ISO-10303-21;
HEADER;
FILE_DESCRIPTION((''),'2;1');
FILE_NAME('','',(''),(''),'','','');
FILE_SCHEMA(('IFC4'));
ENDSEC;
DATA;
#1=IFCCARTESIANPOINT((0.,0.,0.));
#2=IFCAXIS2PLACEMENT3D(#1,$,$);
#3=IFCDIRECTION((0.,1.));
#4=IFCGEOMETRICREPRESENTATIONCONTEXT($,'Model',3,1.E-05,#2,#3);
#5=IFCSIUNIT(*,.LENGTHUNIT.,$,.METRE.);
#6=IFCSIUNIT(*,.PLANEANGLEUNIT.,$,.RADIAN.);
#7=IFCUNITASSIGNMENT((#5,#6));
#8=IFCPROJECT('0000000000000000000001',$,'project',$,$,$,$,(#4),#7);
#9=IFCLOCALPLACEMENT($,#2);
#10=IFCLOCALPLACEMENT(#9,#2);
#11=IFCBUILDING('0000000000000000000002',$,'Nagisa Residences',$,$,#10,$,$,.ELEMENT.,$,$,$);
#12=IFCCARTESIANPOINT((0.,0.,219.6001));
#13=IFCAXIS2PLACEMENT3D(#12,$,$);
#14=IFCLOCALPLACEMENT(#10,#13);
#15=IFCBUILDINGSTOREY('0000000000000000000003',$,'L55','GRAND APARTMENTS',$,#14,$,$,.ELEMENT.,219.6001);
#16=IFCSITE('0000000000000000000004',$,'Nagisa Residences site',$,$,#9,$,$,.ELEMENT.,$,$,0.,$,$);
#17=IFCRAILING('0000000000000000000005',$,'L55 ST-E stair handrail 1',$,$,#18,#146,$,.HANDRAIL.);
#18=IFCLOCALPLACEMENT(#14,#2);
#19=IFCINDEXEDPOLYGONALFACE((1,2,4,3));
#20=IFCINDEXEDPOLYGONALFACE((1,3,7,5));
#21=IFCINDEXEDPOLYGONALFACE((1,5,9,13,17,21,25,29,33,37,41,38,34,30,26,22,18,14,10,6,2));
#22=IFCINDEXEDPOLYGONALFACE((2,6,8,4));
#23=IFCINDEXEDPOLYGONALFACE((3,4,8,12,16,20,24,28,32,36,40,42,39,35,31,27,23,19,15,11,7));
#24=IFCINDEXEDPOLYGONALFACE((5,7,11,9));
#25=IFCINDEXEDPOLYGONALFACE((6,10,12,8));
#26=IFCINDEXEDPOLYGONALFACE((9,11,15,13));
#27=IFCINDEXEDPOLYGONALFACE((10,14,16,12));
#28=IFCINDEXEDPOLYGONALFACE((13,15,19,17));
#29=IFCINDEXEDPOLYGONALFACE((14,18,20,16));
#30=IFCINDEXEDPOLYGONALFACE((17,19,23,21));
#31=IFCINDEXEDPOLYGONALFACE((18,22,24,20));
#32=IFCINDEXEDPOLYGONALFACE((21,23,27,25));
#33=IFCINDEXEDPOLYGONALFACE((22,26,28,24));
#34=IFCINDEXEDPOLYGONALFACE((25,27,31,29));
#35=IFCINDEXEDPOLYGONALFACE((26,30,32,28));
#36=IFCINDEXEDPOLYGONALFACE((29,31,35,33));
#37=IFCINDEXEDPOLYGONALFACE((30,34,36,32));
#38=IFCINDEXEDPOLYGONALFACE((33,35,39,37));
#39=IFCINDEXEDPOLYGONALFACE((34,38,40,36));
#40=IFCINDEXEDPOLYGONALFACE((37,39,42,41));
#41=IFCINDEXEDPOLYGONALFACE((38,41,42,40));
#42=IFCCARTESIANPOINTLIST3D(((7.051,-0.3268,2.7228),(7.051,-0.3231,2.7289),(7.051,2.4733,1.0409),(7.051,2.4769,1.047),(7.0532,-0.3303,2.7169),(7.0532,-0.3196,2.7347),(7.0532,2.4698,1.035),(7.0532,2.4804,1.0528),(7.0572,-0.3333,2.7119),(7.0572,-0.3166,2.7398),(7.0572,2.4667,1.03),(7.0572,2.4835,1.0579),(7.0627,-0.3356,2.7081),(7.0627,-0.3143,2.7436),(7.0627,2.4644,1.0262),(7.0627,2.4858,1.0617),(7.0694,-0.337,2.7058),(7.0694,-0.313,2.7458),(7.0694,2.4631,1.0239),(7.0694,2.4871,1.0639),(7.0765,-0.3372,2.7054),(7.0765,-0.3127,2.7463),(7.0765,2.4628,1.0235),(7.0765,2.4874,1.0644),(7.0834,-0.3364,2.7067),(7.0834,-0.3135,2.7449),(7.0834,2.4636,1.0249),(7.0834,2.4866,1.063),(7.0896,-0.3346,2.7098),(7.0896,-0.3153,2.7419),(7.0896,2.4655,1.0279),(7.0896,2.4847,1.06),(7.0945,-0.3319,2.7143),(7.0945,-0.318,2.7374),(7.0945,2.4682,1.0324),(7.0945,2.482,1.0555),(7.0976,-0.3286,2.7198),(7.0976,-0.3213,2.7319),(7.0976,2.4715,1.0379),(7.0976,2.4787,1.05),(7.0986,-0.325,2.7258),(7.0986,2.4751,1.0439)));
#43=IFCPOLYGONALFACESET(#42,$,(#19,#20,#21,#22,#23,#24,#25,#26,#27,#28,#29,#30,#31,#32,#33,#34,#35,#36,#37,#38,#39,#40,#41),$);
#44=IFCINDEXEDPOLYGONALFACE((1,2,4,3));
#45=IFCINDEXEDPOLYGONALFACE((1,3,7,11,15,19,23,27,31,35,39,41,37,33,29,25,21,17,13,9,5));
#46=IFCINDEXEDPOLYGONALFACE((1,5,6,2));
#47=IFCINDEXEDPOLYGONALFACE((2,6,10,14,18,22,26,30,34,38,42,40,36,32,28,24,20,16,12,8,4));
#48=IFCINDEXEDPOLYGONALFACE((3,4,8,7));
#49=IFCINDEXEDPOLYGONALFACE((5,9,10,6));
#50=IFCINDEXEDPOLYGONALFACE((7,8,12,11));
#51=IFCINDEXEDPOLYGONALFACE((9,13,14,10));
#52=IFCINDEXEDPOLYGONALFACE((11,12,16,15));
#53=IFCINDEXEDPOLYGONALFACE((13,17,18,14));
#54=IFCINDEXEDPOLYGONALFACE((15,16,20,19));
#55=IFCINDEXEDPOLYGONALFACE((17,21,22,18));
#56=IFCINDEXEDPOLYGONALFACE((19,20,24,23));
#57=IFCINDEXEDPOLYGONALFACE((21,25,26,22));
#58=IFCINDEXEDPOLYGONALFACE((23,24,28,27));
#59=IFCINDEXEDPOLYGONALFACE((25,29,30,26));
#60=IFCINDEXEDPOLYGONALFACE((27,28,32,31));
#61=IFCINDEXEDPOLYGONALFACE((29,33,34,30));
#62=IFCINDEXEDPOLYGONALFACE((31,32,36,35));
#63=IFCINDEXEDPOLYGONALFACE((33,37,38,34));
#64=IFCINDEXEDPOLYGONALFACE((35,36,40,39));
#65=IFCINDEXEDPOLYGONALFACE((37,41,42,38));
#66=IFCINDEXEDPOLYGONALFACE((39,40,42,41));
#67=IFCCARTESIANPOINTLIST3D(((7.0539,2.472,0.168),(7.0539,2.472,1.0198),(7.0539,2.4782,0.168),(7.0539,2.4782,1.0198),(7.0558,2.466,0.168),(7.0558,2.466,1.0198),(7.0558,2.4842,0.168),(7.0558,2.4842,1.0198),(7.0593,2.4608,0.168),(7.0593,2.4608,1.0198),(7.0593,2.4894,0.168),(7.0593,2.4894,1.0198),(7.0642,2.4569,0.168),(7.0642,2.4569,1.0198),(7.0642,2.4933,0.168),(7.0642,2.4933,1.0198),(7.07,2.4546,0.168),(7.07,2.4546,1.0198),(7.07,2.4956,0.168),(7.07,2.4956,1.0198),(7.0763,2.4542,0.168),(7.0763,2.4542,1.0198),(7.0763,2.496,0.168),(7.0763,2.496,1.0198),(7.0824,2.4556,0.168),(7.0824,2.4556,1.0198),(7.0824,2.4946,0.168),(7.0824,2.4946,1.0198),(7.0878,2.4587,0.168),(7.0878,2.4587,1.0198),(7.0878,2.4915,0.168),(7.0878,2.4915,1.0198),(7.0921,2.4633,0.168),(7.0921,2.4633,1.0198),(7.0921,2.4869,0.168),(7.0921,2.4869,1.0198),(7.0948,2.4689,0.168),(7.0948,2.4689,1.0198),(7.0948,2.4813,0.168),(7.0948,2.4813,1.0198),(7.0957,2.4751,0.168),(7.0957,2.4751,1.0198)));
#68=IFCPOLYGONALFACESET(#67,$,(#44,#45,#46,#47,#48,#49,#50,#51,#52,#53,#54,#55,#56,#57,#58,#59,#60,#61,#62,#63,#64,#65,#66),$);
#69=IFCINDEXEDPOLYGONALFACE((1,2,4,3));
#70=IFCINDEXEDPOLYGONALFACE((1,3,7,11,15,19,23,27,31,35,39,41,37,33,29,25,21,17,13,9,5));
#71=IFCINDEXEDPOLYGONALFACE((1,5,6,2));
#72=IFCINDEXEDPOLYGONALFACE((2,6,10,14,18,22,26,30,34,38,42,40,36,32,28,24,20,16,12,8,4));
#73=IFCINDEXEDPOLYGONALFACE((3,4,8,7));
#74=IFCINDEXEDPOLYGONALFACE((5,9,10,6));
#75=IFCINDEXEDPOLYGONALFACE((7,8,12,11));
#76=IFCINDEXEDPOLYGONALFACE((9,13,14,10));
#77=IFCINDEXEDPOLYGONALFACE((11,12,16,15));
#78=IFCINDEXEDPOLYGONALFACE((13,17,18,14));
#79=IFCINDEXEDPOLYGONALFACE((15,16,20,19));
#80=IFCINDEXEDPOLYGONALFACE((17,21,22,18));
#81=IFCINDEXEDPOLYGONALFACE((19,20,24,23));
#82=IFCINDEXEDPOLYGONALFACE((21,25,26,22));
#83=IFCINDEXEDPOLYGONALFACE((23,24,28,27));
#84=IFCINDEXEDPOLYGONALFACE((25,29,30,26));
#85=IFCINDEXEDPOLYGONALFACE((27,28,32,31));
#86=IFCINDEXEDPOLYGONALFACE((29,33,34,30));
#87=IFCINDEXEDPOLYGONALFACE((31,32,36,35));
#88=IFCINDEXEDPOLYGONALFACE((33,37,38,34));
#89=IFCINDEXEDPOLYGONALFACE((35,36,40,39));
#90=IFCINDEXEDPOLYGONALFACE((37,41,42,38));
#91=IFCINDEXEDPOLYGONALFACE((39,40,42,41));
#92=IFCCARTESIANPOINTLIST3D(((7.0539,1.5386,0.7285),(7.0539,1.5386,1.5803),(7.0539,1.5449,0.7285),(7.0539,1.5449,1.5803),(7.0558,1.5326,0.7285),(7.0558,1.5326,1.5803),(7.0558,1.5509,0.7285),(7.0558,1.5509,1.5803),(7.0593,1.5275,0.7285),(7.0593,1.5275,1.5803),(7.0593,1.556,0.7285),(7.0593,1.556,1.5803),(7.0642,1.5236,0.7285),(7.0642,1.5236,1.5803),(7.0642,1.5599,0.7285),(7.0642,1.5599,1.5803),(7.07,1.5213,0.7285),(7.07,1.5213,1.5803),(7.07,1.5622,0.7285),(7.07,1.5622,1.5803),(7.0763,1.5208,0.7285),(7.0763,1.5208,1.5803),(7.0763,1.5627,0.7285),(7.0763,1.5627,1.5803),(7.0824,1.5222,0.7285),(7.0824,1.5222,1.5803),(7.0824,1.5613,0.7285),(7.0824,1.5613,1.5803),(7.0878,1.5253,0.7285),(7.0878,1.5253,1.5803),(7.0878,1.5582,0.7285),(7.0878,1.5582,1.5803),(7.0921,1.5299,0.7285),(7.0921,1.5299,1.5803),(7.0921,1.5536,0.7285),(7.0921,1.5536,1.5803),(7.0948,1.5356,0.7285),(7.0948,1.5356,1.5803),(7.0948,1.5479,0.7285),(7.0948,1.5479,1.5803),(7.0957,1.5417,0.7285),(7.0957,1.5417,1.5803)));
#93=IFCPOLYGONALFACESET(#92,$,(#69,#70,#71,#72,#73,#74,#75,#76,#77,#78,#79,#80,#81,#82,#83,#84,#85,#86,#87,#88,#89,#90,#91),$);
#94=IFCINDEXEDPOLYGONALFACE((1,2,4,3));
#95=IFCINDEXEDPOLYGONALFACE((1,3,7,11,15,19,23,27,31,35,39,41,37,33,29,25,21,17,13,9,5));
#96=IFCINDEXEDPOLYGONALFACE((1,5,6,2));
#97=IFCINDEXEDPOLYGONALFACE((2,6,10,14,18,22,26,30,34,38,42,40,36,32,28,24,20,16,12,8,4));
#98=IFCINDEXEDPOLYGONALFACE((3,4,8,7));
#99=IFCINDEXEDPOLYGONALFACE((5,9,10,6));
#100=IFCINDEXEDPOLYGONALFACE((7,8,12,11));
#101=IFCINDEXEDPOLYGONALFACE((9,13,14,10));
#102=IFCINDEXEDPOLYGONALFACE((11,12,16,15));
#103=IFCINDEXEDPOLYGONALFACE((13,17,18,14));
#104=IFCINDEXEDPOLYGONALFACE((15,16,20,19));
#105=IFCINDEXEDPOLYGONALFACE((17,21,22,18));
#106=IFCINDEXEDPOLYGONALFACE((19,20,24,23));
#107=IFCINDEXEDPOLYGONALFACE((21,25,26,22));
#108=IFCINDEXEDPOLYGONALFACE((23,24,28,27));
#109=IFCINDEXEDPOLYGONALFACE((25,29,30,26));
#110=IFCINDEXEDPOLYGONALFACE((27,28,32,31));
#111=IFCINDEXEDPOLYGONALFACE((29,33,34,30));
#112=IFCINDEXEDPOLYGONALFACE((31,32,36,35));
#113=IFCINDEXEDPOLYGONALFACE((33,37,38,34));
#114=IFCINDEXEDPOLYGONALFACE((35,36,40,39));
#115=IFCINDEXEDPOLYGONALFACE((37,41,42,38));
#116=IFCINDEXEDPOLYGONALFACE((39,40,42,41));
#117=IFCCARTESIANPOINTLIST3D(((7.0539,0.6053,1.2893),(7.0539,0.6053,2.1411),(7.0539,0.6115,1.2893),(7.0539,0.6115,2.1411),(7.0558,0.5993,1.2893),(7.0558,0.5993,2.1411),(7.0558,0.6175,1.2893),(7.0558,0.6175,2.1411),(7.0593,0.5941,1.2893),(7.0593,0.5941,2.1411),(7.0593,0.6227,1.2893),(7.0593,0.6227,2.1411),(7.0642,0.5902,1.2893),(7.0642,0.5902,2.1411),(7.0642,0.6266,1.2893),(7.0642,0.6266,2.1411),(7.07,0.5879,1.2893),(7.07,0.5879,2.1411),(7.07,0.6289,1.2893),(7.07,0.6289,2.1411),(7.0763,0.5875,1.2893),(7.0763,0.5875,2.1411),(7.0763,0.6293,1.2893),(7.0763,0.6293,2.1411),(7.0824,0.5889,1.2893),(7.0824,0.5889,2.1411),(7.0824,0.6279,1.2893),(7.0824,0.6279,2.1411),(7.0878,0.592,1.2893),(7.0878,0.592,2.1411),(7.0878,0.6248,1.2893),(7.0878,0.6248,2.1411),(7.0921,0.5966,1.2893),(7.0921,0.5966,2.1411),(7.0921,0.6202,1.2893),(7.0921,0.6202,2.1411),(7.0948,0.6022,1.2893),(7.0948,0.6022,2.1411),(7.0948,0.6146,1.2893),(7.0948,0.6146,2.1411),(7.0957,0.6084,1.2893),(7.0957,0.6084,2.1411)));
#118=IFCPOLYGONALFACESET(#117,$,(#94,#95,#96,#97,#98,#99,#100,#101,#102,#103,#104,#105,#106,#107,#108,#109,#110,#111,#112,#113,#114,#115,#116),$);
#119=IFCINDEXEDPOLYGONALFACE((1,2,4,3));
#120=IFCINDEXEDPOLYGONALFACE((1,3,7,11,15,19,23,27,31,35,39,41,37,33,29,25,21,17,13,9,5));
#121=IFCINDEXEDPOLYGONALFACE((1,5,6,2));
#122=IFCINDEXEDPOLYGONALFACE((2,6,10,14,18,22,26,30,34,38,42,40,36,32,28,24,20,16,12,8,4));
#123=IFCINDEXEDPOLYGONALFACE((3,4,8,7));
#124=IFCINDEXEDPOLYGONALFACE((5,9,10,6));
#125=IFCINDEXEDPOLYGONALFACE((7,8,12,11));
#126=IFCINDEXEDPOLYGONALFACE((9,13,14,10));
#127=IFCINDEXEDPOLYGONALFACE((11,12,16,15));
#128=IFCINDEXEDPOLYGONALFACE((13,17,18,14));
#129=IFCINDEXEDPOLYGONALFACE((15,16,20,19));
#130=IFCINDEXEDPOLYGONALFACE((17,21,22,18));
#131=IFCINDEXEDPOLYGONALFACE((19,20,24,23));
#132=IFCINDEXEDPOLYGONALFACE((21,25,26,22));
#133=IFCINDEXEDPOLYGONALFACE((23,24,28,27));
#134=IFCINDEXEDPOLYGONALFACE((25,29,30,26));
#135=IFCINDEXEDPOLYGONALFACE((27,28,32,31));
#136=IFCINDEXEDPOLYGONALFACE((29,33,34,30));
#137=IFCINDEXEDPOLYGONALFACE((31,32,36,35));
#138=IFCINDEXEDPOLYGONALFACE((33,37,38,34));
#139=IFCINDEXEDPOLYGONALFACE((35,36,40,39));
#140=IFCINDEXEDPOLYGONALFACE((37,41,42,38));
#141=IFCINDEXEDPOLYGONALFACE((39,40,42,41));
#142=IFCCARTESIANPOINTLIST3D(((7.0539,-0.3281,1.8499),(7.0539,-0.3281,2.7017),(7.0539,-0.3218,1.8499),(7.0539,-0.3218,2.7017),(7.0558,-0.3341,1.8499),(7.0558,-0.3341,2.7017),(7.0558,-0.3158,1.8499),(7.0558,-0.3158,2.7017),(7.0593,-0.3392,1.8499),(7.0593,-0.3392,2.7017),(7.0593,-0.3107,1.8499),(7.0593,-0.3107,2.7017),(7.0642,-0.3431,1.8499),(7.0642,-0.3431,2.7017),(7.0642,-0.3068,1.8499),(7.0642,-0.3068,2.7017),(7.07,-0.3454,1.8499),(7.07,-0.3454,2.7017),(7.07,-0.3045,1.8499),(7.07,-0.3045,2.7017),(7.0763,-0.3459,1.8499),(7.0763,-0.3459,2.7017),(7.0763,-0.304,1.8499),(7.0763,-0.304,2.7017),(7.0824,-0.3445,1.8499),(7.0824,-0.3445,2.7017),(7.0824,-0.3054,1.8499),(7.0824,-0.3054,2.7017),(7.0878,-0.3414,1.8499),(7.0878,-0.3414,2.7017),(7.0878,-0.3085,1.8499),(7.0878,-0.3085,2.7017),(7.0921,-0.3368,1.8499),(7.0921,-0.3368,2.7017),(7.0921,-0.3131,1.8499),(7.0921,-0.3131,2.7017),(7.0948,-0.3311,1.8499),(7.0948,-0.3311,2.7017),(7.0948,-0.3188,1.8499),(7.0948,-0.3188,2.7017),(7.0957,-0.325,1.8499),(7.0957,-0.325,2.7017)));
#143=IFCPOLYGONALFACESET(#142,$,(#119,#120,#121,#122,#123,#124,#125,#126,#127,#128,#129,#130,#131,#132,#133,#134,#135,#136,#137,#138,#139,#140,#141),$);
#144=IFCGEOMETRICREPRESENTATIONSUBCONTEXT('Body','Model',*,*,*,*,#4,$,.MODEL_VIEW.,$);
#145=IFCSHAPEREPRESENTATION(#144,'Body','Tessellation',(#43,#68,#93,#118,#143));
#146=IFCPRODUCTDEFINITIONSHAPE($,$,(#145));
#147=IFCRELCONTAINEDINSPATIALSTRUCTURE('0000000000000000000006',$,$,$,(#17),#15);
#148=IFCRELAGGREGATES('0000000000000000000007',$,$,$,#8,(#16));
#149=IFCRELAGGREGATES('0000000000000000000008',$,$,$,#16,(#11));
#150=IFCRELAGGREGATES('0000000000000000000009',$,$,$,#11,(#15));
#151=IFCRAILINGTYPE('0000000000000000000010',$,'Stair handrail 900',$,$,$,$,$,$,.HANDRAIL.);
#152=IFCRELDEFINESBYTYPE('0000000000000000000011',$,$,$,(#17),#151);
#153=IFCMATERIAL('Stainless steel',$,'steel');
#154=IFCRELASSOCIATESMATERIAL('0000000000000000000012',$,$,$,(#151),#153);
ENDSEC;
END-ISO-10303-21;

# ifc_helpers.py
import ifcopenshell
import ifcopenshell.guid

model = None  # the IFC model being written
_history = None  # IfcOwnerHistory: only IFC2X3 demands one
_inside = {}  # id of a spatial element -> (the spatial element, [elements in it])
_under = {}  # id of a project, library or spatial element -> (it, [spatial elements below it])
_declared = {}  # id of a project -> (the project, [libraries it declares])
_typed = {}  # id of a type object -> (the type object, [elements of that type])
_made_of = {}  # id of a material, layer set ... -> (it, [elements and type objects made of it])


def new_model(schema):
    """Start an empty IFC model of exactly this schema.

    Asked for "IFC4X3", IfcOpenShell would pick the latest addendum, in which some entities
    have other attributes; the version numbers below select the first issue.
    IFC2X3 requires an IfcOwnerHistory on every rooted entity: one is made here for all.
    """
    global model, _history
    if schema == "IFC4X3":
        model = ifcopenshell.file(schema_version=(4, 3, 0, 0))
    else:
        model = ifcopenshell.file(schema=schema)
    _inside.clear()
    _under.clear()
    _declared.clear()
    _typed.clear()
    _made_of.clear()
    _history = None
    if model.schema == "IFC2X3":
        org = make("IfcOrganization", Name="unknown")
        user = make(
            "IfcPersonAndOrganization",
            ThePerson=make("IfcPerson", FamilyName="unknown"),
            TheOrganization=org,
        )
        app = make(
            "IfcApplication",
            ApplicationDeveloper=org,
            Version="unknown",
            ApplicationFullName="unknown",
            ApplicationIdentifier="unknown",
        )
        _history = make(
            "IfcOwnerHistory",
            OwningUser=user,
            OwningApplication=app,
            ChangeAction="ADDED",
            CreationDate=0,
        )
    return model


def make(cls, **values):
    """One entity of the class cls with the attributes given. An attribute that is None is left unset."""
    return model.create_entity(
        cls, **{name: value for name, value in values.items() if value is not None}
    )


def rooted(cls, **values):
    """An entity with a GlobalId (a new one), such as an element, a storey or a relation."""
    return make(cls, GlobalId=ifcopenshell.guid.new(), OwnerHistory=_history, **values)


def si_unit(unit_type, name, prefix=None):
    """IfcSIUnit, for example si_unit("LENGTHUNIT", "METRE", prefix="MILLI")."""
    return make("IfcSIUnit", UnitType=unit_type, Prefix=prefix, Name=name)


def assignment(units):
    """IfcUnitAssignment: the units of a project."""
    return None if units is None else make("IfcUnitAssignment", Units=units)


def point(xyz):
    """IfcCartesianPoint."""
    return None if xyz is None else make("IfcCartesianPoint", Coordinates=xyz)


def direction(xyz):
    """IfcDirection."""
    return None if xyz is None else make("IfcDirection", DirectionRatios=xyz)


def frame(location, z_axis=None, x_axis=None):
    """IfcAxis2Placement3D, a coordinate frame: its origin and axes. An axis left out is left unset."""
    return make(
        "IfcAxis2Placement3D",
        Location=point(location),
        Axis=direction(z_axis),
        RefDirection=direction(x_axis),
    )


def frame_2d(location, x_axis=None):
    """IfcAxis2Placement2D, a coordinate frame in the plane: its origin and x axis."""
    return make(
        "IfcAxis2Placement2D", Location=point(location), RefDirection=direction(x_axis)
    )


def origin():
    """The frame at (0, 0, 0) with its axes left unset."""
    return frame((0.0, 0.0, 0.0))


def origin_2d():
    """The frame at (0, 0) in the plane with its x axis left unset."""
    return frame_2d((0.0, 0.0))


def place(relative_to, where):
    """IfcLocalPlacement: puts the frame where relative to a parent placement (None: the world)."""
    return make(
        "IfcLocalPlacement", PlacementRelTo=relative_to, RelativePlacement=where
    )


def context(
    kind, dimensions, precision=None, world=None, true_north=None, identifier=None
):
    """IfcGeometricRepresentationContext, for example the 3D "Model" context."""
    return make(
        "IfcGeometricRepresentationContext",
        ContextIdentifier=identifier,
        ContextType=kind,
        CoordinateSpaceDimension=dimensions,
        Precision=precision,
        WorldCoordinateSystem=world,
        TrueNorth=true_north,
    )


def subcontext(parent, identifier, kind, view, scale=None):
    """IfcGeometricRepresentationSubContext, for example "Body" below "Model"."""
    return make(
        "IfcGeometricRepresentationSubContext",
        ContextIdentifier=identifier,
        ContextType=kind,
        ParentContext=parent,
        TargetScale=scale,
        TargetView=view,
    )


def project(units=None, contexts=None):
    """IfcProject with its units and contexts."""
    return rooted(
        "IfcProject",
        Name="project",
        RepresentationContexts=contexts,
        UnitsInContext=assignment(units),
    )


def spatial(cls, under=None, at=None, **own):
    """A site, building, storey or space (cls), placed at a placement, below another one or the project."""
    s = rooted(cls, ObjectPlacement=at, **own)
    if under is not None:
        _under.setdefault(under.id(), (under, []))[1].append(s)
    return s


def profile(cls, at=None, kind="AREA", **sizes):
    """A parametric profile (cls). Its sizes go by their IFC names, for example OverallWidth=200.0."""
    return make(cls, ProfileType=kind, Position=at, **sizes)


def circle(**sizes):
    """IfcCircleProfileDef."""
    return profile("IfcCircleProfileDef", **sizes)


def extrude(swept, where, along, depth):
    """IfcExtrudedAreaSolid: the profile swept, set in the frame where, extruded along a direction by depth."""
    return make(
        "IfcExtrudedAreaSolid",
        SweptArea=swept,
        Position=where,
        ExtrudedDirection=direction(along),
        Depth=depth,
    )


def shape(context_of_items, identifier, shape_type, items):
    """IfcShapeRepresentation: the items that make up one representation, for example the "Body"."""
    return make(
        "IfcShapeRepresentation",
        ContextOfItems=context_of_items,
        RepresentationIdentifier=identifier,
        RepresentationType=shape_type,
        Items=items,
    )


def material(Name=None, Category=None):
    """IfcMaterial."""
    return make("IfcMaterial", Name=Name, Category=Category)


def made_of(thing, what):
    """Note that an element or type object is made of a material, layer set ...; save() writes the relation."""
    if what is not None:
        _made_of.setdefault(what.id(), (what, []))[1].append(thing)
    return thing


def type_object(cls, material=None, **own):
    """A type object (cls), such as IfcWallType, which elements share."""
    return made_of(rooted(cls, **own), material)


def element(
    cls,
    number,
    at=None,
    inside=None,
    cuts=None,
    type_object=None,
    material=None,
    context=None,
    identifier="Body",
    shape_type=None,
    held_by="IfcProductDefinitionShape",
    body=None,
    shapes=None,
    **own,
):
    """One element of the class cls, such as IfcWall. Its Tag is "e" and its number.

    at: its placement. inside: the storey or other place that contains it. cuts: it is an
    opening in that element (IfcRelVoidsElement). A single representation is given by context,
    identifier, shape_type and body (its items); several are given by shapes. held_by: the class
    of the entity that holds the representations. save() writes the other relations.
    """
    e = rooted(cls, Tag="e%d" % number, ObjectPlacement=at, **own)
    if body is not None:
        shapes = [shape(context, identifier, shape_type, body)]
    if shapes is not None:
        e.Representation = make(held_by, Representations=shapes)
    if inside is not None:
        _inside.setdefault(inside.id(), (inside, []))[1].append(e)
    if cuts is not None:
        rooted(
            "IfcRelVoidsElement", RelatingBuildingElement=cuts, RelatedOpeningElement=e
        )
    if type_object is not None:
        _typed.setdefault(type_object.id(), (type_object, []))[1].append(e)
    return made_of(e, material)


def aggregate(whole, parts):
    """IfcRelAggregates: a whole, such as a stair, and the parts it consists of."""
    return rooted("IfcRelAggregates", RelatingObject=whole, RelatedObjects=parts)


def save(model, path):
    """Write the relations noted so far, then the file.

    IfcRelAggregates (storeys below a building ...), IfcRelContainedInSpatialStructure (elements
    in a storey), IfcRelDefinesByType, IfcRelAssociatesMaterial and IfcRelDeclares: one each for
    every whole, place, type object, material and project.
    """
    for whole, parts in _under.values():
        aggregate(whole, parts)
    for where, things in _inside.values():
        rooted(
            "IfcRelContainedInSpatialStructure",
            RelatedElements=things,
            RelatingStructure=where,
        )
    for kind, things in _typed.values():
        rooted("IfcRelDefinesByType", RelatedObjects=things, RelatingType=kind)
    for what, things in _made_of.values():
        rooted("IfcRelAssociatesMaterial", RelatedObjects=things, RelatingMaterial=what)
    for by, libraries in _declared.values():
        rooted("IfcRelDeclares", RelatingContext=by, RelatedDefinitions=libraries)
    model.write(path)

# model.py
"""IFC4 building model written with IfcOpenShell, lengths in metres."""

from ifc_helpers import new_model, si_unit, direction, frame, origin, origin_2d, place, context, subcontext, project, spatial, circle, extrude, material, type_object, element, save


model = new_model("IFC4")

# Units and contexts
model_context = context("Model", 3, precision=1e-05, world=origin(), true_north=direction((0.0, 1.0)))
body_context = subcontext(model_context, "Body", "Model", "MODEL_VIEW")
ifc_project = project(units=[si_unit("LENGTHUNIT", "METRE"), si_unit("PLANEANGLEUNIT", "RADIAN")], contexts=[model_context])

# Site, building, storey
site_placement = place(None, origin())
site = spatial("IfcSite", under=ifc_project, at=site_placement, Name="Nagisa Residences site", CompositionType="ELEMENT", RefElevation=0.0)
building_placement = place(site_placement, origin())
building = spatial("IfcBuilding", under=site, at=building_placement, Name="Nagisa Residences", CompositionType="ELEMENT")
storey_placement = place(building_placement, frame((0.0, 0.0, 219.6001)))
storey = spatial("IfcBuildingStorey", under=building, at=storey_placement, Name="L55", Description="GRAND APARTMENTS", CompositionType="ELEMENT", Elevation=219.6001)

# Railing
ifc_material_1 = material(Name="Stainless steel", Category="steel")
railing_type_1 = type_object("IfcRailingType", Name="Stair handrail 900", PredefinedType="HANDRAIL", material=ifc_material_1)
railing_1_placement = place(storey_placement, frame((7.0747, 2.4751, 0.168)))
element("IfcRailing", 1, at=railing_1_placement, inside=storey, type_object=railing_type_1, Name="L55 ST-E stair handrail 1", PredefinedType="HANDRAIL", context=body_context, shape_type="SweptSolid", body=[
    extrude(circle(Radius=0.0239, at=origin_2d()), frame((0.0, 0.0, 0.876), z_axis=(0.0, -0.857242, 0.514913), x_axis=(1.0, 0.0, 0.0)), (0.0, 0.0, 1.0), 3.2664),
    extrude(circle(Radius=0.021, at=origin_2d()), origin(), (0.0, 0.0, 1.0), 0.8518),
    extrude(circle(Radius=0.021, at=origin_2d()), frame((0.0, -0.9333, 0.5605)), (0.0, 0.0, 1.0), 0.8518),
    extrude(circle(Radius=0.021, at=origin_2d()), frame((0.0, -1.8667, 1.1213)), (0.0, 0.0, 1.0), 0.8518),
    extrude(circle(Radius=0.021, at=origin_2d()), frame((0.0, -2.8, 1.6819)), (0.0, 0.0, 1.0), 0.8518),
])

save(model, "model.ifc")
